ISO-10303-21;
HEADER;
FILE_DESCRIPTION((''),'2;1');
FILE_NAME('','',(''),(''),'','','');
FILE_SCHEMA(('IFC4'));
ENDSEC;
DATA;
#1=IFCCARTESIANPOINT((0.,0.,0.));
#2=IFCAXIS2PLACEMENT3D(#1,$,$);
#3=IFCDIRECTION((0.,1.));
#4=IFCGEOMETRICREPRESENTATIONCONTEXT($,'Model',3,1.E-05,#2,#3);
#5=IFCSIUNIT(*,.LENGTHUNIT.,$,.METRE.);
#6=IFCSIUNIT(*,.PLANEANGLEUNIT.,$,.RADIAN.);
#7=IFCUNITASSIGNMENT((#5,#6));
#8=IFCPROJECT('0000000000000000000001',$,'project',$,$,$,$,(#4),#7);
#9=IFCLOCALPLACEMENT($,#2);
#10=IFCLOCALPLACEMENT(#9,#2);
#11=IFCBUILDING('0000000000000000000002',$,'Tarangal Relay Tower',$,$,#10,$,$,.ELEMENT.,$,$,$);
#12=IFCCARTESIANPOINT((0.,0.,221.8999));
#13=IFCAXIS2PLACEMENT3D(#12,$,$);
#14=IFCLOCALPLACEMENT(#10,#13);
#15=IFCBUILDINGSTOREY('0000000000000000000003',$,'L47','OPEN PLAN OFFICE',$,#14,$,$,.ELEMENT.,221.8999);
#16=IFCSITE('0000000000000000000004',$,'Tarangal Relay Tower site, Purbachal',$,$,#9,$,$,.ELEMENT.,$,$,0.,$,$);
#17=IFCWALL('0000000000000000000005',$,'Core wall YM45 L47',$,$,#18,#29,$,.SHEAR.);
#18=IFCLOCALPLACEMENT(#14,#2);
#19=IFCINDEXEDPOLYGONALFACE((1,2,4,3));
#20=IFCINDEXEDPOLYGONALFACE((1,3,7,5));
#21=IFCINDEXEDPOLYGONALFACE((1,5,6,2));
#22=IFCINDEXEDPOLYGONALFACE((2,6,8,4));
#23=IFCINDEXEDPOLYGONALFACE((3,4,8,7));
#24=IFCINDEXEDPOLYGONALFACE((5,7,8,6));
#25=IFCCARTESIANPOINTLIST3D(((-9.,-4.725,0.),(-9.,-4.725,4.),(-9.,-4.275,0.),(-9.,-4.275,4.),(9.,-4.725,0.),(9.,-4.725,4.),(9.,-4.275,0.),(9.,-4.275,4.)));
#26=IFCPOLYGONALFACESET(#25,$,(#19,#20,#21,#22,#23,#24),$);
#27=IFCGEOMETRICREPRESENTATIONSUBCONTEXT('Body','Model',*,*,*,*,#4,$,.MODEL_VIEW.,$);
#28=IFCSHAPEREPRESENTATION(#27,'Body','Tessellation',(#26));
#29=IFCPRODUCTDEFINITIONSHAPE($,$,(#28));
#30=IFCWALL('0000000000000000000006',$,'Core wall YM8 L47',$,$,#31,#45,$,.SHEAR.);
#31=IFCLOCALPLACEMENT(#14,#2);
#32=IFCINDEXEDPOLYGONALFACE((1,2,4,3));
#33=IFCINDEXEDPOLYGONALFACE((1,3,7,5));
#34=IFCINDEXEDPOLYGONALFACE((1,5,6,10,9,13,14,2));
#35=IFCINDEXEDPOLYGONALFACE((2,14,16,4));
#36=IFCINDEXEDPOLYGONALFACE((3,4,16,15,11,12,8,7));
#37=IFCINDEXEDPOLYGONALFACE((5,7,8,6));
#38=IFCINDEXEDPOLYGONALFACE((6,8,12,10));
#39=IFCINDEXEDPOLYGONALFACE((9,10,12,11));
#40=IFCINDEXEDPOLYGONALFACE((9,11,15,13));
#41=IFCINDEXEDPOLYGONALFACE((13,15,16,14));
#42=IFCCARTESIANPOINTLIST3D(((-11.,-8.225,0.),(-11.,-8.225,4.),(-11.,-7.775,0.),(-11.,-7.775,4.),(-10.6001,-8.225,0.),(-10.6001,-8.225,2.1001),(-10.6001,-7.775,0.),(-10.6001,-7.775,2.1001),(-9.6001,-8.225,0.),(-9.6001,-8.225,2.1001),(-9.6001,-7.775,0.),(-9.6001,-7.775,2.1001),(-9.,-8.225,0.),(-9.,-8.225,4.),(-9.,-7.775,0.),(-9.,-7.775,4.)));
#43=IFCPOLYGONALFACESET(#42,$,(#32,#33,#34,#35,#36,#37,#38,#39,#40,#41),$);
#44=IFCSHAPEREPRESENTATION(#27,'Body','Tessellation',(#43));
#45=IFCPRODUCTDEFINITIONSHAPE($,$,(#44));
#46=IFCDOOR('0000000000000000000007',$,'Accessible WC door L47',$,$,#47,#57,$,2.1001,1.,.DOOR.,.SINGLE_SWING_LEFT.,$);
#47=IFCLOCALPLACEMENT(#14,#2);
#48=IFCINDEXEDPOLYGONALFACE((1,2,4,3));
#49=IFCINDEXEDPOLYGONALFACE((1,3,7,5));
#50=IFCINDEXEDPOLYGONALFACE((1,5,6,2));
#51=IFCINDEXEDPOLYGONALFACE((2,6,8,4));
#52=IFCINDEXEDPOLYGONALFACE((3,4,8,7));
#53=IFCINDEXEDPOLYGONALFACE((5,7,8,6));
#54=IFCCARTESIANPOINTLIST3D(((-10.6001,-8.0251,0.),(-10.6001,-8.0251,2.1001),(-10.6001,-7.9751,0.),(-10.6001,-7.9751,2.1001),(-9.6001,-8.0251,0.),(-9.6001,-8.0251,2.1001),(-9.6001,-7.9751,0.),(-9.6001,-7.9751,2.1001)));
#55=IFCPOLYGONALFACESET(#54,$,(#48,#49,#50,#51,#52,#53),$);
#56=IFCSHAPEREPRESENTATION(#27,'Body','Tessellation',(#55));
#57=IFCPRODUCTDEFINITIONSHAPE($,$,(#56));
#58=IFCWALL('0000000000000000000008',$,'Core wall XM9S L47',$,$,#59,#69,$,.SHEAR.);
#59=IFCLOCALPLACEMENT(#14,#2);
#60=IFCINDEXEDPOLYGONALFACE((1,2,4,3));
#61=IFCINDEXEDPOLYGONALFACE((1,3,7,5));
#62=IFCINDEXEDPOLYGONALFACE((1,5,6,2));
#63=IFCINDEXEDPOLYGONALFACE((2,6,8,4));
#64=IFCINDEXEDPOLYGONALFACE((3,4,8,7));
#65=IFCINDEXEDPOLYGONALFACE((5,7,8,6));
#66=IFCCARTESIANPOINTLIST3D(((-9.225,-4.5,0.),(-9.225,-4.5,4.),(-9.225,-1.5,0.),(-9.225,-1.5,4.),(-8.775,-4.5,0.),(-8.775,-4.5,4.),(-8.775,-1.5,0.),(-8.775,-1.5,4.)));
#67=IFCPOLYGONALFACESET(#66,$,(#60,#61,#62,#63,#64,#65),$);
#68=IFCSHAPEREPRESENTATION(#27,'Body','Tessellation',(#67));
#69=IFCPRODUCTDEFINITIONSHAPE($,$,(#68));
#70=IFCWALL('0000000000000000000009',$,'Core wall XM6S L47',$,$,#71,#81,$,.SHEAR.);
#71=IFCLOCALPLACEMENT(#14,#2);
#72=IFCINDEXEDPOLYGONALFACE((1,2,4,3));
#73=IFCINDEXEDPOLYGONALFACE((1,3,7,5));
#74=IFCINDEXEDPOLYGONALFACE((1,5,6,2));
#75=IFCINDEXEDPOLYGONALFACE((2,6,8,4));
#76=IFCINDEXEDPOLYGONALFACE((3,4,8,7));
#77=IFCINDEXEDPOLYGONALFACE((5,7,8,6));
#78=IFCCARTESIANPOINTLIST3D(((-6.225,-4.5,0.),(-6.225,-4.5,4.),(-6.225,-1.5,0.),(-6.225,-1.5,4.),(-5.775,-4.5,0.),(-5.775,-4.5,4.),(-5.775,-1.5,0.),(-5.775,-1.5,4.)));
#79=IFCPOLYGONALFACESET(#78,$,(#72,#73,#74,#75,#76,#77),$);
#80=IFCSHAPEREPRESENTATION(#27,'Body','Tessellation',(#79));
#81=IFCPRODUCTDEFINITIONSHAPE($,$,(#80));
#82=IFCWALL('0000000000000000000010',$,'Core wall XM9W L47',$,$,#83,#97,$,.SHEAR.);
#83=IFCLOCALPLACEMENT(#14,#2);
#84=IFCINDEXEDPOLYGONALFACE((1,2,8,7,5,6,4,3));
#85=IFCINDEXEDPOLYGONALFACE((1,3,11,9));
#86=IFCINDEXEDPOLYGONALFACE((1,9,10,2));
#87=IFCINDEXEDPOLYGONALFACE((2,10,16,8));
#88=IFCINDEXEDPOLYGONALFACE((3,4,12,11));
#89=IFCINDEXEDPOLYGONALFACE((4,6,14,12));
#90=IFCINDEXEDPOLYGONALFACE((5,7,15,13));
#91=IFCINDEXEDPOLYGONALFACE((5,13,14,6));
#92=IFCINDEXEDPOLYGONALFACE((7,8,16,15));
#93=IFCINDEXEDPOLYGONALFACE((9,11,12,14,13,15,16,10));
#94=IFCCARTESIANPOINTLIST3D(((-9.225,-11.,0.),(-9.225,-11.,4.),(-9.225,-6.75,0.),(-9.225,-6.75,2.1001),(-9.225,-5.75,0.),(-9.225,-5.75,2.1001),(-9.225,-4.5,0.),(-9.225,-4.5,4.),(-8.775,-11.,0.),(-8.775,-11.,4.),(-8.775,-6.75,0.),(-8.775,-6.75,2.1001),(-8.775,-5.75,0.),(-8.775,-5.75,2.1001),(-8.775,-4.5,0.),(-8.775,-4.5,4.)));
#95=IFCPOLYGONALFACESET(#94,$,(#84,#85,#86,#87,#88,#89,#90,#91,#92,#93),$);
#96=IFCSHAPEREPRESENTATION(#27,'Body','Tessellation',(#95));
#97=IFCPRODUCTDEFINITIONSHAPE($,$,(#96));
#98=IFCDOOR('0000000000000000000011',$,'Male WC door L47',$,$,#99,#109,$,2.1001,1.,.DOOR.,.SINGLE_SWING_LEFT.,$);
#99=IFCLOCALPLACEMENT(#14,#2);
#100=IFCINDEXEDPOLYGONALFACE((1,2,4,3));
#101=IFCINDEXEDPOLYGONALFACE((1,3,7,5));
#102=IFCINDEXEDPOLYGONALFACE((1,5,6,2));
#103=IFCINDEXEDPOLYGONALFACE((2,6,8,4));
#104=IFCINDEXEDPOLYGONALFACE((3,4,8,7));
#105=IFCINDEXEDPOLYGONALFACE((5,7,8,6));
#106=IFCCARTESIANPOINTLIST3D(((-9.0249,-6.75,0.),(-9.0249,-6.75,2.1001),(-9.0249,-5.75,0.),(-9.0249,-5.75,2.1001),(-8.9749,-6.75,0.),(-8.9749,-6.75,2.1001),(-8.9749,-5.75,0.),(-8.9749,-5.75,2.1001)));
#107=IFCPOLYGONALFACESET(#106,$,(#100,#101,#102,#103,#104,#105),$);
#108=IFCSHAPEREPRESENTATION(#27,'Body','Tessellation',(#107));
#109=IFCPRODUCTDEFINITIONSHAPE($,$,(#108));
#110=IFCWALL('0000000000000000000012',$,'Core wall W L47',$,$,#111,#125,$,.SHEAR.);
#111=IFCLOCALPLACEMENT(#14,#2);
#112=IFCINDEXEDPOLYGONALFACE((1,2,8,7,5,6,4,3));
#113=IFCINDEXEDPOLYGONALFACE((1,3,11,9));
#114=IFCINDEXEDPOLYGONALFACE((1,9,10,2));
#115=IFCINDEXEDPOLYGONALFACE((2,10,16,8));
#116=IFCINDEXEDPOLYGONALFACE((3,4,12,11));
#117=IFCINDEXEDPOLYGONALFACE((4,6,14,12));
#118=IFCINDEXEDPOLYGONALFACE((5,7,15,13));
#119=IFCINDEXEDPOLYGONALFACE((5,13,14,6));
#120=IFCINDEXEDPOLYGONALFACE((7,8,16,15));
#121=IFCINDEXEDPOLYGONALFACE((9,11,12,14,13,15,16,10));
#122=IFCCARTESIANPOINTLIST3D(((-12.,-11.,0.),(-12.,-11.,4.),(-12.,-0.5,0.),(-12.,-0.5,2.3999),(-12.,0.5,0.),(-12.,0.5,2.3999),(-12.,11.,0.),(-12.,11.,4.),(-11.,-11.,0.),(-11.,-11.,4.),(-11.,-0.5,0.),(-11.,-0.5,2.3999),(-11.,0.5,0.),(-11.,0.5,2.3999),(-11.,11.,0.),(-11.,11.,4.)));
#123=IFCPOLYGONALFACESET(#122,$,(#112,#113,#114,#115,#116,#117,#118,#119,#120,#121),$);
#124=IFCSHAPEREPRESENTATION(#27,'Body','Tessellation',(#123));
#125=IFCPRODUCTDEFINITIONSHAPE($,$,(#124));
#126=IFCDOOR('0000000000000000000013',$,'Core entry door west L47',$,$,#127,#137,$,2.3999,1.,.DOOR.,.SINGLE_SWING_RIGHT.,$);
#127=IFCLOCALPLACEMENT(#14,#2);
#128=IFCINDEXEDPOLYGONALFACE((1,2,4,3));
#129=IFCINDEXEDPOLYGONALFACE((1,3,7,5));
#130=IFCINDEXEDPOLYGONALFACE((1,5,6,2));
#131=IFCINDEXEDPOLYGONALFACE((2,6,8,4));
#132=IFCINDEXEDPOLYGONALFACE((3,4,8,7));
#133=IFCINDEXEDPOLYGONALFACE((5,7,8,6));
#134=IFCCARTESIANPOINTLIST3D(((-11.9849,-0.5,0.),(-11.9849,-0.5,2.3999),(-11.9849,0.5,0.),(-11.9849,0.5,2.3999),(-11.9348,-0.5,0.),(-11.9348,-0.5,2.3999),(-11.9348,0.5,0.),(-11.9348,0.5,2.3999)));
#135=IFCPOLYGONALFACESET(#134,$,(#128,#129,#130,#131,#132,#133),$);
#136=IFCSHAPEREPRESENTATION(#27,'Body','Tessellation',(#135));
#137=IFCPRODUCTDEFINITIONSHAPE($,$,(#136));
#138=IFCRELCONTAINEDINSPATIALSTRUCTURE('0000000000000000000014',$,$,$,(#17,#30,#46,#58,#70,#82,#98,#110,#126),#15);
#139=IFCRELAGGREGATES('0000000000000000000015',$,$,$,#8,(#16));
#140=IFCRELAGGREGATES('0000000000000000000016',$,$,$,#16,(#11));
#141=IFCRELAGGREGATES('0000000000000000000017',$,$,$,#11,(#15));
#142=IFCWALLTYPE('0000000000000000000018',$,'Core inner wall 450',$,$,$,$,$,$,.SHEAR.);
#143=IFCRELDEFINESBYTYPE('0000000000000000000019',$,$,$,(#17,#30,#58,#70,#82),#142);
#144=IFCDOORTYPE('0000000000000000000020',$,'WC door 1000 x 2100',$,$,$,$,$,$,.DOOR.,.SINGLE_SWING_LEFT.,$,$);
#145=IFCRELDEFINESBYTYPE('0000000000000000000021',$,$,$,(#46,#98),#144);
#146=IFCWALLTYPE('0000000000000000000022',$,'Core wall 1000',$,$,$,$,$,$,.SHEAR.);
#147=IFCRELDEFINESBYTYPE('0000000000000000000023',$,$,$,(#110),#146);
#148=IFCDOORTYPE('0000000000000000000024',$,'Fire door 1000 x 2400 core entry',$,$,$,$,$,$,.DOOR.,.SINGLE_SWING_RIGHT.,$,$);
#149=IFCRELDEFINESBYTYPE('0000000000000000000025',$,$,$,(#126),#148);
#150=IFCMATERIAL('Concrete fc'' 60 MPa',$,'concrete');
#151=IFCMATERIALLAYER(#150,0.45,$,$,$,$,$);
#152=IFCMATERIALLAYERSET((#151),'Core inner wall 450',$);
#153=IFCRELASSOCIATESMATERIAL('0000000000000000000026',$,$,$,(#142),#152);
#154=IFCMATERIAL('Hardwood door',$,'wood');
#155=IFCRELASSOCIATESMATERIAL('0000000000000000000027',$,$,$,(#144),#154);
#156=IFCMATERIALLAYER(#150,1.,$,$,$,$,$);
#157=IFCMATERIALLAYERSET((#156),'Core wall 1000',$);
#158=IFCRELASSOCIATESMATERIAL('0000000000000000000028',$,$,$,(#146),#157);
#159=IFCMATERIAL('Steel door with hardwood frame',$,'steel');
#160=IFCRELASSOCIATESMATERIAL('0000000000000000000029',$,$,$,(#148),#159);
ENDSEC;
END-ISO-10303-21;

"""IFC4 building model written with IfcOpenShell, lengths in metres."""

from ifc_helpers import new_model, si_unit, direction, frame, frame_2d, origin, place, context, subcontext, project, spatial, rectangle, extrude, material, layer, layer_set, type_object, element, fill, save


model = new_model("IFC4")

# Units and contexts
model_context = context("Model", 3, precision=1e-05, world=origin(), true_north=direction((0.0, 1.0)))
body_context = subcontext(model_context, "Body", "Model", "MODEL_VIEW")
ifc_project = project(units=[si_unit("LENGTHUNIT", "METRE"), si_unit("PLANEANGLEUNIT", "RADIAN")], contexts=[model_context])

# Site, building, storey
site_placement = place(None, origin())
site = spatial("IfcSite", under=ifc_project, at=site_placement, Name="Tarangal Relay Tower site, Purbachal", CompositionType="ELEMENT", RefElevation=0.0)
building_placement = place(site_placement, origin())
building = spatial("IfcBuilding", under=site, at=building_placement, Name="Tarangal Relay Tower", CompositionType="ELEMENT")
storey_placement = place(building_placement, frame((0.0, 0.0, 221.8999)))
storey = spatial("IfcBuildingStorey", under=building, at=storey_placement, Name="L47", Description="OPEN PLAN OFFICE", CompositionType="ELEMENT", Elevation=221.8999)

# Shared definitions
ifc_material_1 = material(Name="Concrete fc' 60 MPa", Category="concrete")
ifc_layer_1 = layer(ifc_material_1, 0.45)
ifc_layer_set_1 = layer_set([ifc_layer_1], Name="Core inner wall 450")
wall_type_1 = type_object("IfcWallType", Name="Core inner wall 450", PredefinedType="SHEAR", material=ifc_layer_set_1)
ifc_material_2 = material(Name="Steel door with hardwood frame", Category="steel")

# Wall
wall_1_placement = place(storey_placement, frame((-9.0, -4.5, 0.0), z_axis=(0.0, 0.0, 1.0), x_axis=(1.0, 0.0, 0.0)))
element("IfcWall", 1, at=wall_1_placement, inside=storey, type_object=wall_type_1, Name="Core wall YM45 L47", PredefinedType="SHEAR", context=body_context, shape_type="SweptSolid", body=[
    extrude(rectangle(XDim=18.0, YDim=0.45, at=frame_2d((9.0, 0.0))), origin(), (0.0, 0.0, 1.0), 4.0),
])

# Wall, opening, door
wall_2_placement = place(storey_placement, frame((-11.0, -8.0, 0.0), z_axis=(0.0, 0.0, 1.0), x_axis=(1.0, 0.0, 0.0)))
wall_2 = element("IfcWall", 2, at=wall_2_placement, inside=storey, type_object=wall_type_1, Name="Core wall YM8 L47", PredefinedType="SHEAR", context=body_context, shape_type="SweptSolid", body=[
    extrude(rectangle(XDim=2.0, YDim=0.45, at=frame_2d((1.0, 0.0))), origin(), (0.0, 0.0, 1.0), 4.0),
])
opening_1_placement = place(wall_2_placement, frame((0.3999, 0.0, 0.0)))
opening_1 = element("IfcOpeningElement", 3, at=opening_1_placement, cuts=wall_2, PredefinedType="OPENING", context=body_context, shape_type="SweptSolid", body=[
    extrude(rectangle(XDim=1.0, YDim=2.1001, at=frame_2d((0.5, 1.05))), frame((0.0, 0.2349, 0.0), z_axis=(0.0, -1.0, 0.0), x_axis=(1.0, 0.0, 0.0)), (0.0, 0.0, 1.0), 0.47),
])
ifc_material_3 = material(Name="Hardwood door", Category="wood")
door_type_1 = type_object("IfcDoorType", Name="WC door 1000 x 2100", OperationType="SINGLE_SWING_LEFT", PredefinedType="DOOR", material=ifc_material_3)
door_1_placement = place(opening_1_placement, origin())
door_1 = element("IfcDoor", 4, at=door_1_placement, inside=storey, type_object=door_type_1, Name="Accessible WC door L47", OperationType="SINGLE_SWING_LEFT", OverallHeight=2.1001, OverallWidth=1.0, PredefinedType="DOOR", context=body_context, shape_type="SweptSolid", body=[
    extrude(rectangle(XDim=1.0, YDim=2.1001, at=frame_2d((0.5, 1.05))), frame((0.0, 0.0249, 0.0), z_axis=(0.0, -1.0, 0.0), x_axis=(1.0, 0.0, 0.0)), (0.0, 0.0, 1.0), 0.05),
])
fill(opening_1, door_1)

# Walls
for number, where, z_axis, x_axis, name in (
    (5, (-9.0, -4.5, 0.0), (0.0, 0.0, 1.0), (0.0, 1.0, 0.0), "Core wall XM9S L47"),
    (6, (-6.0, -4.5, 0.0), (0.0, 0.0, 1.0), (0.0, 1.0, 0.0), "Core wall XM6S L47"),
):
    element("IfcWall", number, at=place(storey_placement, frame(where, z_axis=z_axis, x_axis=x_axis)), inside=storey, type_object=wall_type_1, Name=name, PredefinedType="SHEAR", context=body_context, shape_type="SweptSolid", body=[
        extrude(rectangle(XDim=3.0, YDim=0.45, at=frame_2d((1.5, 0.0))), origin(), (0.0, 0.0, 1.0), 4.0),
    ])

# Walls, openings, doors
wall_3_placement = place(storey_placement, frame((-9.0, -11.0, 0.0), z_axis=(0.0, 0.0, 1.0), x_axis=(0.0, 1.0, 0.0)))
wall_3 = element("IfcWall", 7, at=wall_3_placement, inside=storey, type_object=wall_type_1, Name="Core wall XM9W L47", PredefinedType="SHEAR", context=body_context, shape_type="SweptSolid", body=[
    extrude(rectangle(XDim=6.5, YDim=0.45, at=frame_2d((3.25, 0.0))), origin(), (0.0, 0.0, 1.0), 4.0),
])
opening_2_placement = place(wall_3_placement, frame((4.25, 0.0, 0.0)))
opening_2 = element("IfcOpeningElement", 8, at=opening_2_placement, cuts=wall_3, PredefinedType="OPENING", context=body_context, shape_type="SweptSolid", body=[
    extrude(rectangle(XDim=1.0, YDim=2.1001, at=frame_2d((0.5, 1.05))), frame((0.0, 0.2349, 0.0), z_axis=(0.0, -1.0, 0.0), x_axis=(1.0, 0.0, 0.0)), (0.0, 0.0, 1.0), 0.47),
])
door_2_placement = place(opening_2_placement, origin())
door_2 = element("IfcDoor", 9, at=door_2_placement, inside=storey, type_object=door_type_1, Name="Male WC door L47", OperationType="SINGLE_SWING_LEFT", OverallHeight=2.1001, OverallWidth=1.0, PredefinedType="DOOR", context=body_context, shape_type="SweptSolid", body=[
    extrude(rectangle(XDim=1.0, YDim=2.1001, at=frame_2d((0.5, 1.05))), frame((0.0, 0.0249, 0.0), z_axis=(0.0, -1.0, 0.0), x_axis=(1.0, 0.0, 0.0)), (0.0, 0.0, 1.0), 0.05),
])
fill(opening_2, door_2)
ifc_layer_2 = layer(ifc_material_1, 1.0)
ifc_layer_set_2 = layer_set([ifc_layer_2], Name="Core wall 1000")
wall_type_2 = type_object("IfcWallType", Name="Core wall 1000", PredefinedType="SHEAR", material=ifc_layer_set_2)
wall_4_placement = place(storey_placement, frame((-11.5, -11.0, 0.0), z_axis=(0.0, 0.0, 1.0), x_axis=(0.0, 1.0, 0.0)))
wall_4 = element("IfcWall", 10, at=wall_4_placement, inside=storey, type_object=wall_type_2, Name="Core wall W L47", PredefinedType="SHEAR", context=body_context, shape_type="SweptSolid", body=[
    extrude(rectangle(XDim=22.0, YDim=1.0, at=frame_2d((11.0, 0.0))), origin(), (0.0, 0.0, 1.0), 4.0),
])
opening_3_placement = place(wall_4_placement, frame((10.5, 0.0, 0.0)))
opening_3 = element("IfcOpeningElement", 11, at=opening_3_placement, cuts=wall_4, PredefinedType="OPENING", context=body_context, shape_type="SweptSolid", body=[
    extrude(rectangle(XDim=1.0, YDim=2.3999, at=frame_2d((0.5, 1.2))), frame((0.0, 0.51, 0.0), z_axis=(0.0, -1.0, 0.0), x_axis=(1.0, 0.0, 0.0)), (0.0, 0.0, 1.0), 1.02),
])
door_type_2 = type_object("IfcDoorType", Name="Fire door 1000 x 2400 core entry", OperationType="SINGLE_SWING_RIGHT", PredefinedType="DOOR", material=ifc_material_2)
door_3_placement = place(opening_3_placement, origin())
door_3 = element("IfcDoor", 12, at=door_3_placement, inside=storey, type_object=door_type_2, Name="Core entry door west L47", OperationType="SINGLE_SWING_RIGHT", OverallHeight=2.3999, OverallWidth=1.0, PredefinedType="DOOR", context=body_context, shape_type="SweptSolid", body=[
    extrude(rectangle(XDim=1.0, YDim=2.3999, at=frame_2d((0.5, 1.2))), frame((0.0, 0.4849, 0.0), z_axis=(0.0, -1.0, 0.0), x_axis=(1.0, 0.0, 0.0)), (0.0, 0.0, 1.0), 0.05),
])
fill(opening_3, door_3)

save(model, "model.ifc")
